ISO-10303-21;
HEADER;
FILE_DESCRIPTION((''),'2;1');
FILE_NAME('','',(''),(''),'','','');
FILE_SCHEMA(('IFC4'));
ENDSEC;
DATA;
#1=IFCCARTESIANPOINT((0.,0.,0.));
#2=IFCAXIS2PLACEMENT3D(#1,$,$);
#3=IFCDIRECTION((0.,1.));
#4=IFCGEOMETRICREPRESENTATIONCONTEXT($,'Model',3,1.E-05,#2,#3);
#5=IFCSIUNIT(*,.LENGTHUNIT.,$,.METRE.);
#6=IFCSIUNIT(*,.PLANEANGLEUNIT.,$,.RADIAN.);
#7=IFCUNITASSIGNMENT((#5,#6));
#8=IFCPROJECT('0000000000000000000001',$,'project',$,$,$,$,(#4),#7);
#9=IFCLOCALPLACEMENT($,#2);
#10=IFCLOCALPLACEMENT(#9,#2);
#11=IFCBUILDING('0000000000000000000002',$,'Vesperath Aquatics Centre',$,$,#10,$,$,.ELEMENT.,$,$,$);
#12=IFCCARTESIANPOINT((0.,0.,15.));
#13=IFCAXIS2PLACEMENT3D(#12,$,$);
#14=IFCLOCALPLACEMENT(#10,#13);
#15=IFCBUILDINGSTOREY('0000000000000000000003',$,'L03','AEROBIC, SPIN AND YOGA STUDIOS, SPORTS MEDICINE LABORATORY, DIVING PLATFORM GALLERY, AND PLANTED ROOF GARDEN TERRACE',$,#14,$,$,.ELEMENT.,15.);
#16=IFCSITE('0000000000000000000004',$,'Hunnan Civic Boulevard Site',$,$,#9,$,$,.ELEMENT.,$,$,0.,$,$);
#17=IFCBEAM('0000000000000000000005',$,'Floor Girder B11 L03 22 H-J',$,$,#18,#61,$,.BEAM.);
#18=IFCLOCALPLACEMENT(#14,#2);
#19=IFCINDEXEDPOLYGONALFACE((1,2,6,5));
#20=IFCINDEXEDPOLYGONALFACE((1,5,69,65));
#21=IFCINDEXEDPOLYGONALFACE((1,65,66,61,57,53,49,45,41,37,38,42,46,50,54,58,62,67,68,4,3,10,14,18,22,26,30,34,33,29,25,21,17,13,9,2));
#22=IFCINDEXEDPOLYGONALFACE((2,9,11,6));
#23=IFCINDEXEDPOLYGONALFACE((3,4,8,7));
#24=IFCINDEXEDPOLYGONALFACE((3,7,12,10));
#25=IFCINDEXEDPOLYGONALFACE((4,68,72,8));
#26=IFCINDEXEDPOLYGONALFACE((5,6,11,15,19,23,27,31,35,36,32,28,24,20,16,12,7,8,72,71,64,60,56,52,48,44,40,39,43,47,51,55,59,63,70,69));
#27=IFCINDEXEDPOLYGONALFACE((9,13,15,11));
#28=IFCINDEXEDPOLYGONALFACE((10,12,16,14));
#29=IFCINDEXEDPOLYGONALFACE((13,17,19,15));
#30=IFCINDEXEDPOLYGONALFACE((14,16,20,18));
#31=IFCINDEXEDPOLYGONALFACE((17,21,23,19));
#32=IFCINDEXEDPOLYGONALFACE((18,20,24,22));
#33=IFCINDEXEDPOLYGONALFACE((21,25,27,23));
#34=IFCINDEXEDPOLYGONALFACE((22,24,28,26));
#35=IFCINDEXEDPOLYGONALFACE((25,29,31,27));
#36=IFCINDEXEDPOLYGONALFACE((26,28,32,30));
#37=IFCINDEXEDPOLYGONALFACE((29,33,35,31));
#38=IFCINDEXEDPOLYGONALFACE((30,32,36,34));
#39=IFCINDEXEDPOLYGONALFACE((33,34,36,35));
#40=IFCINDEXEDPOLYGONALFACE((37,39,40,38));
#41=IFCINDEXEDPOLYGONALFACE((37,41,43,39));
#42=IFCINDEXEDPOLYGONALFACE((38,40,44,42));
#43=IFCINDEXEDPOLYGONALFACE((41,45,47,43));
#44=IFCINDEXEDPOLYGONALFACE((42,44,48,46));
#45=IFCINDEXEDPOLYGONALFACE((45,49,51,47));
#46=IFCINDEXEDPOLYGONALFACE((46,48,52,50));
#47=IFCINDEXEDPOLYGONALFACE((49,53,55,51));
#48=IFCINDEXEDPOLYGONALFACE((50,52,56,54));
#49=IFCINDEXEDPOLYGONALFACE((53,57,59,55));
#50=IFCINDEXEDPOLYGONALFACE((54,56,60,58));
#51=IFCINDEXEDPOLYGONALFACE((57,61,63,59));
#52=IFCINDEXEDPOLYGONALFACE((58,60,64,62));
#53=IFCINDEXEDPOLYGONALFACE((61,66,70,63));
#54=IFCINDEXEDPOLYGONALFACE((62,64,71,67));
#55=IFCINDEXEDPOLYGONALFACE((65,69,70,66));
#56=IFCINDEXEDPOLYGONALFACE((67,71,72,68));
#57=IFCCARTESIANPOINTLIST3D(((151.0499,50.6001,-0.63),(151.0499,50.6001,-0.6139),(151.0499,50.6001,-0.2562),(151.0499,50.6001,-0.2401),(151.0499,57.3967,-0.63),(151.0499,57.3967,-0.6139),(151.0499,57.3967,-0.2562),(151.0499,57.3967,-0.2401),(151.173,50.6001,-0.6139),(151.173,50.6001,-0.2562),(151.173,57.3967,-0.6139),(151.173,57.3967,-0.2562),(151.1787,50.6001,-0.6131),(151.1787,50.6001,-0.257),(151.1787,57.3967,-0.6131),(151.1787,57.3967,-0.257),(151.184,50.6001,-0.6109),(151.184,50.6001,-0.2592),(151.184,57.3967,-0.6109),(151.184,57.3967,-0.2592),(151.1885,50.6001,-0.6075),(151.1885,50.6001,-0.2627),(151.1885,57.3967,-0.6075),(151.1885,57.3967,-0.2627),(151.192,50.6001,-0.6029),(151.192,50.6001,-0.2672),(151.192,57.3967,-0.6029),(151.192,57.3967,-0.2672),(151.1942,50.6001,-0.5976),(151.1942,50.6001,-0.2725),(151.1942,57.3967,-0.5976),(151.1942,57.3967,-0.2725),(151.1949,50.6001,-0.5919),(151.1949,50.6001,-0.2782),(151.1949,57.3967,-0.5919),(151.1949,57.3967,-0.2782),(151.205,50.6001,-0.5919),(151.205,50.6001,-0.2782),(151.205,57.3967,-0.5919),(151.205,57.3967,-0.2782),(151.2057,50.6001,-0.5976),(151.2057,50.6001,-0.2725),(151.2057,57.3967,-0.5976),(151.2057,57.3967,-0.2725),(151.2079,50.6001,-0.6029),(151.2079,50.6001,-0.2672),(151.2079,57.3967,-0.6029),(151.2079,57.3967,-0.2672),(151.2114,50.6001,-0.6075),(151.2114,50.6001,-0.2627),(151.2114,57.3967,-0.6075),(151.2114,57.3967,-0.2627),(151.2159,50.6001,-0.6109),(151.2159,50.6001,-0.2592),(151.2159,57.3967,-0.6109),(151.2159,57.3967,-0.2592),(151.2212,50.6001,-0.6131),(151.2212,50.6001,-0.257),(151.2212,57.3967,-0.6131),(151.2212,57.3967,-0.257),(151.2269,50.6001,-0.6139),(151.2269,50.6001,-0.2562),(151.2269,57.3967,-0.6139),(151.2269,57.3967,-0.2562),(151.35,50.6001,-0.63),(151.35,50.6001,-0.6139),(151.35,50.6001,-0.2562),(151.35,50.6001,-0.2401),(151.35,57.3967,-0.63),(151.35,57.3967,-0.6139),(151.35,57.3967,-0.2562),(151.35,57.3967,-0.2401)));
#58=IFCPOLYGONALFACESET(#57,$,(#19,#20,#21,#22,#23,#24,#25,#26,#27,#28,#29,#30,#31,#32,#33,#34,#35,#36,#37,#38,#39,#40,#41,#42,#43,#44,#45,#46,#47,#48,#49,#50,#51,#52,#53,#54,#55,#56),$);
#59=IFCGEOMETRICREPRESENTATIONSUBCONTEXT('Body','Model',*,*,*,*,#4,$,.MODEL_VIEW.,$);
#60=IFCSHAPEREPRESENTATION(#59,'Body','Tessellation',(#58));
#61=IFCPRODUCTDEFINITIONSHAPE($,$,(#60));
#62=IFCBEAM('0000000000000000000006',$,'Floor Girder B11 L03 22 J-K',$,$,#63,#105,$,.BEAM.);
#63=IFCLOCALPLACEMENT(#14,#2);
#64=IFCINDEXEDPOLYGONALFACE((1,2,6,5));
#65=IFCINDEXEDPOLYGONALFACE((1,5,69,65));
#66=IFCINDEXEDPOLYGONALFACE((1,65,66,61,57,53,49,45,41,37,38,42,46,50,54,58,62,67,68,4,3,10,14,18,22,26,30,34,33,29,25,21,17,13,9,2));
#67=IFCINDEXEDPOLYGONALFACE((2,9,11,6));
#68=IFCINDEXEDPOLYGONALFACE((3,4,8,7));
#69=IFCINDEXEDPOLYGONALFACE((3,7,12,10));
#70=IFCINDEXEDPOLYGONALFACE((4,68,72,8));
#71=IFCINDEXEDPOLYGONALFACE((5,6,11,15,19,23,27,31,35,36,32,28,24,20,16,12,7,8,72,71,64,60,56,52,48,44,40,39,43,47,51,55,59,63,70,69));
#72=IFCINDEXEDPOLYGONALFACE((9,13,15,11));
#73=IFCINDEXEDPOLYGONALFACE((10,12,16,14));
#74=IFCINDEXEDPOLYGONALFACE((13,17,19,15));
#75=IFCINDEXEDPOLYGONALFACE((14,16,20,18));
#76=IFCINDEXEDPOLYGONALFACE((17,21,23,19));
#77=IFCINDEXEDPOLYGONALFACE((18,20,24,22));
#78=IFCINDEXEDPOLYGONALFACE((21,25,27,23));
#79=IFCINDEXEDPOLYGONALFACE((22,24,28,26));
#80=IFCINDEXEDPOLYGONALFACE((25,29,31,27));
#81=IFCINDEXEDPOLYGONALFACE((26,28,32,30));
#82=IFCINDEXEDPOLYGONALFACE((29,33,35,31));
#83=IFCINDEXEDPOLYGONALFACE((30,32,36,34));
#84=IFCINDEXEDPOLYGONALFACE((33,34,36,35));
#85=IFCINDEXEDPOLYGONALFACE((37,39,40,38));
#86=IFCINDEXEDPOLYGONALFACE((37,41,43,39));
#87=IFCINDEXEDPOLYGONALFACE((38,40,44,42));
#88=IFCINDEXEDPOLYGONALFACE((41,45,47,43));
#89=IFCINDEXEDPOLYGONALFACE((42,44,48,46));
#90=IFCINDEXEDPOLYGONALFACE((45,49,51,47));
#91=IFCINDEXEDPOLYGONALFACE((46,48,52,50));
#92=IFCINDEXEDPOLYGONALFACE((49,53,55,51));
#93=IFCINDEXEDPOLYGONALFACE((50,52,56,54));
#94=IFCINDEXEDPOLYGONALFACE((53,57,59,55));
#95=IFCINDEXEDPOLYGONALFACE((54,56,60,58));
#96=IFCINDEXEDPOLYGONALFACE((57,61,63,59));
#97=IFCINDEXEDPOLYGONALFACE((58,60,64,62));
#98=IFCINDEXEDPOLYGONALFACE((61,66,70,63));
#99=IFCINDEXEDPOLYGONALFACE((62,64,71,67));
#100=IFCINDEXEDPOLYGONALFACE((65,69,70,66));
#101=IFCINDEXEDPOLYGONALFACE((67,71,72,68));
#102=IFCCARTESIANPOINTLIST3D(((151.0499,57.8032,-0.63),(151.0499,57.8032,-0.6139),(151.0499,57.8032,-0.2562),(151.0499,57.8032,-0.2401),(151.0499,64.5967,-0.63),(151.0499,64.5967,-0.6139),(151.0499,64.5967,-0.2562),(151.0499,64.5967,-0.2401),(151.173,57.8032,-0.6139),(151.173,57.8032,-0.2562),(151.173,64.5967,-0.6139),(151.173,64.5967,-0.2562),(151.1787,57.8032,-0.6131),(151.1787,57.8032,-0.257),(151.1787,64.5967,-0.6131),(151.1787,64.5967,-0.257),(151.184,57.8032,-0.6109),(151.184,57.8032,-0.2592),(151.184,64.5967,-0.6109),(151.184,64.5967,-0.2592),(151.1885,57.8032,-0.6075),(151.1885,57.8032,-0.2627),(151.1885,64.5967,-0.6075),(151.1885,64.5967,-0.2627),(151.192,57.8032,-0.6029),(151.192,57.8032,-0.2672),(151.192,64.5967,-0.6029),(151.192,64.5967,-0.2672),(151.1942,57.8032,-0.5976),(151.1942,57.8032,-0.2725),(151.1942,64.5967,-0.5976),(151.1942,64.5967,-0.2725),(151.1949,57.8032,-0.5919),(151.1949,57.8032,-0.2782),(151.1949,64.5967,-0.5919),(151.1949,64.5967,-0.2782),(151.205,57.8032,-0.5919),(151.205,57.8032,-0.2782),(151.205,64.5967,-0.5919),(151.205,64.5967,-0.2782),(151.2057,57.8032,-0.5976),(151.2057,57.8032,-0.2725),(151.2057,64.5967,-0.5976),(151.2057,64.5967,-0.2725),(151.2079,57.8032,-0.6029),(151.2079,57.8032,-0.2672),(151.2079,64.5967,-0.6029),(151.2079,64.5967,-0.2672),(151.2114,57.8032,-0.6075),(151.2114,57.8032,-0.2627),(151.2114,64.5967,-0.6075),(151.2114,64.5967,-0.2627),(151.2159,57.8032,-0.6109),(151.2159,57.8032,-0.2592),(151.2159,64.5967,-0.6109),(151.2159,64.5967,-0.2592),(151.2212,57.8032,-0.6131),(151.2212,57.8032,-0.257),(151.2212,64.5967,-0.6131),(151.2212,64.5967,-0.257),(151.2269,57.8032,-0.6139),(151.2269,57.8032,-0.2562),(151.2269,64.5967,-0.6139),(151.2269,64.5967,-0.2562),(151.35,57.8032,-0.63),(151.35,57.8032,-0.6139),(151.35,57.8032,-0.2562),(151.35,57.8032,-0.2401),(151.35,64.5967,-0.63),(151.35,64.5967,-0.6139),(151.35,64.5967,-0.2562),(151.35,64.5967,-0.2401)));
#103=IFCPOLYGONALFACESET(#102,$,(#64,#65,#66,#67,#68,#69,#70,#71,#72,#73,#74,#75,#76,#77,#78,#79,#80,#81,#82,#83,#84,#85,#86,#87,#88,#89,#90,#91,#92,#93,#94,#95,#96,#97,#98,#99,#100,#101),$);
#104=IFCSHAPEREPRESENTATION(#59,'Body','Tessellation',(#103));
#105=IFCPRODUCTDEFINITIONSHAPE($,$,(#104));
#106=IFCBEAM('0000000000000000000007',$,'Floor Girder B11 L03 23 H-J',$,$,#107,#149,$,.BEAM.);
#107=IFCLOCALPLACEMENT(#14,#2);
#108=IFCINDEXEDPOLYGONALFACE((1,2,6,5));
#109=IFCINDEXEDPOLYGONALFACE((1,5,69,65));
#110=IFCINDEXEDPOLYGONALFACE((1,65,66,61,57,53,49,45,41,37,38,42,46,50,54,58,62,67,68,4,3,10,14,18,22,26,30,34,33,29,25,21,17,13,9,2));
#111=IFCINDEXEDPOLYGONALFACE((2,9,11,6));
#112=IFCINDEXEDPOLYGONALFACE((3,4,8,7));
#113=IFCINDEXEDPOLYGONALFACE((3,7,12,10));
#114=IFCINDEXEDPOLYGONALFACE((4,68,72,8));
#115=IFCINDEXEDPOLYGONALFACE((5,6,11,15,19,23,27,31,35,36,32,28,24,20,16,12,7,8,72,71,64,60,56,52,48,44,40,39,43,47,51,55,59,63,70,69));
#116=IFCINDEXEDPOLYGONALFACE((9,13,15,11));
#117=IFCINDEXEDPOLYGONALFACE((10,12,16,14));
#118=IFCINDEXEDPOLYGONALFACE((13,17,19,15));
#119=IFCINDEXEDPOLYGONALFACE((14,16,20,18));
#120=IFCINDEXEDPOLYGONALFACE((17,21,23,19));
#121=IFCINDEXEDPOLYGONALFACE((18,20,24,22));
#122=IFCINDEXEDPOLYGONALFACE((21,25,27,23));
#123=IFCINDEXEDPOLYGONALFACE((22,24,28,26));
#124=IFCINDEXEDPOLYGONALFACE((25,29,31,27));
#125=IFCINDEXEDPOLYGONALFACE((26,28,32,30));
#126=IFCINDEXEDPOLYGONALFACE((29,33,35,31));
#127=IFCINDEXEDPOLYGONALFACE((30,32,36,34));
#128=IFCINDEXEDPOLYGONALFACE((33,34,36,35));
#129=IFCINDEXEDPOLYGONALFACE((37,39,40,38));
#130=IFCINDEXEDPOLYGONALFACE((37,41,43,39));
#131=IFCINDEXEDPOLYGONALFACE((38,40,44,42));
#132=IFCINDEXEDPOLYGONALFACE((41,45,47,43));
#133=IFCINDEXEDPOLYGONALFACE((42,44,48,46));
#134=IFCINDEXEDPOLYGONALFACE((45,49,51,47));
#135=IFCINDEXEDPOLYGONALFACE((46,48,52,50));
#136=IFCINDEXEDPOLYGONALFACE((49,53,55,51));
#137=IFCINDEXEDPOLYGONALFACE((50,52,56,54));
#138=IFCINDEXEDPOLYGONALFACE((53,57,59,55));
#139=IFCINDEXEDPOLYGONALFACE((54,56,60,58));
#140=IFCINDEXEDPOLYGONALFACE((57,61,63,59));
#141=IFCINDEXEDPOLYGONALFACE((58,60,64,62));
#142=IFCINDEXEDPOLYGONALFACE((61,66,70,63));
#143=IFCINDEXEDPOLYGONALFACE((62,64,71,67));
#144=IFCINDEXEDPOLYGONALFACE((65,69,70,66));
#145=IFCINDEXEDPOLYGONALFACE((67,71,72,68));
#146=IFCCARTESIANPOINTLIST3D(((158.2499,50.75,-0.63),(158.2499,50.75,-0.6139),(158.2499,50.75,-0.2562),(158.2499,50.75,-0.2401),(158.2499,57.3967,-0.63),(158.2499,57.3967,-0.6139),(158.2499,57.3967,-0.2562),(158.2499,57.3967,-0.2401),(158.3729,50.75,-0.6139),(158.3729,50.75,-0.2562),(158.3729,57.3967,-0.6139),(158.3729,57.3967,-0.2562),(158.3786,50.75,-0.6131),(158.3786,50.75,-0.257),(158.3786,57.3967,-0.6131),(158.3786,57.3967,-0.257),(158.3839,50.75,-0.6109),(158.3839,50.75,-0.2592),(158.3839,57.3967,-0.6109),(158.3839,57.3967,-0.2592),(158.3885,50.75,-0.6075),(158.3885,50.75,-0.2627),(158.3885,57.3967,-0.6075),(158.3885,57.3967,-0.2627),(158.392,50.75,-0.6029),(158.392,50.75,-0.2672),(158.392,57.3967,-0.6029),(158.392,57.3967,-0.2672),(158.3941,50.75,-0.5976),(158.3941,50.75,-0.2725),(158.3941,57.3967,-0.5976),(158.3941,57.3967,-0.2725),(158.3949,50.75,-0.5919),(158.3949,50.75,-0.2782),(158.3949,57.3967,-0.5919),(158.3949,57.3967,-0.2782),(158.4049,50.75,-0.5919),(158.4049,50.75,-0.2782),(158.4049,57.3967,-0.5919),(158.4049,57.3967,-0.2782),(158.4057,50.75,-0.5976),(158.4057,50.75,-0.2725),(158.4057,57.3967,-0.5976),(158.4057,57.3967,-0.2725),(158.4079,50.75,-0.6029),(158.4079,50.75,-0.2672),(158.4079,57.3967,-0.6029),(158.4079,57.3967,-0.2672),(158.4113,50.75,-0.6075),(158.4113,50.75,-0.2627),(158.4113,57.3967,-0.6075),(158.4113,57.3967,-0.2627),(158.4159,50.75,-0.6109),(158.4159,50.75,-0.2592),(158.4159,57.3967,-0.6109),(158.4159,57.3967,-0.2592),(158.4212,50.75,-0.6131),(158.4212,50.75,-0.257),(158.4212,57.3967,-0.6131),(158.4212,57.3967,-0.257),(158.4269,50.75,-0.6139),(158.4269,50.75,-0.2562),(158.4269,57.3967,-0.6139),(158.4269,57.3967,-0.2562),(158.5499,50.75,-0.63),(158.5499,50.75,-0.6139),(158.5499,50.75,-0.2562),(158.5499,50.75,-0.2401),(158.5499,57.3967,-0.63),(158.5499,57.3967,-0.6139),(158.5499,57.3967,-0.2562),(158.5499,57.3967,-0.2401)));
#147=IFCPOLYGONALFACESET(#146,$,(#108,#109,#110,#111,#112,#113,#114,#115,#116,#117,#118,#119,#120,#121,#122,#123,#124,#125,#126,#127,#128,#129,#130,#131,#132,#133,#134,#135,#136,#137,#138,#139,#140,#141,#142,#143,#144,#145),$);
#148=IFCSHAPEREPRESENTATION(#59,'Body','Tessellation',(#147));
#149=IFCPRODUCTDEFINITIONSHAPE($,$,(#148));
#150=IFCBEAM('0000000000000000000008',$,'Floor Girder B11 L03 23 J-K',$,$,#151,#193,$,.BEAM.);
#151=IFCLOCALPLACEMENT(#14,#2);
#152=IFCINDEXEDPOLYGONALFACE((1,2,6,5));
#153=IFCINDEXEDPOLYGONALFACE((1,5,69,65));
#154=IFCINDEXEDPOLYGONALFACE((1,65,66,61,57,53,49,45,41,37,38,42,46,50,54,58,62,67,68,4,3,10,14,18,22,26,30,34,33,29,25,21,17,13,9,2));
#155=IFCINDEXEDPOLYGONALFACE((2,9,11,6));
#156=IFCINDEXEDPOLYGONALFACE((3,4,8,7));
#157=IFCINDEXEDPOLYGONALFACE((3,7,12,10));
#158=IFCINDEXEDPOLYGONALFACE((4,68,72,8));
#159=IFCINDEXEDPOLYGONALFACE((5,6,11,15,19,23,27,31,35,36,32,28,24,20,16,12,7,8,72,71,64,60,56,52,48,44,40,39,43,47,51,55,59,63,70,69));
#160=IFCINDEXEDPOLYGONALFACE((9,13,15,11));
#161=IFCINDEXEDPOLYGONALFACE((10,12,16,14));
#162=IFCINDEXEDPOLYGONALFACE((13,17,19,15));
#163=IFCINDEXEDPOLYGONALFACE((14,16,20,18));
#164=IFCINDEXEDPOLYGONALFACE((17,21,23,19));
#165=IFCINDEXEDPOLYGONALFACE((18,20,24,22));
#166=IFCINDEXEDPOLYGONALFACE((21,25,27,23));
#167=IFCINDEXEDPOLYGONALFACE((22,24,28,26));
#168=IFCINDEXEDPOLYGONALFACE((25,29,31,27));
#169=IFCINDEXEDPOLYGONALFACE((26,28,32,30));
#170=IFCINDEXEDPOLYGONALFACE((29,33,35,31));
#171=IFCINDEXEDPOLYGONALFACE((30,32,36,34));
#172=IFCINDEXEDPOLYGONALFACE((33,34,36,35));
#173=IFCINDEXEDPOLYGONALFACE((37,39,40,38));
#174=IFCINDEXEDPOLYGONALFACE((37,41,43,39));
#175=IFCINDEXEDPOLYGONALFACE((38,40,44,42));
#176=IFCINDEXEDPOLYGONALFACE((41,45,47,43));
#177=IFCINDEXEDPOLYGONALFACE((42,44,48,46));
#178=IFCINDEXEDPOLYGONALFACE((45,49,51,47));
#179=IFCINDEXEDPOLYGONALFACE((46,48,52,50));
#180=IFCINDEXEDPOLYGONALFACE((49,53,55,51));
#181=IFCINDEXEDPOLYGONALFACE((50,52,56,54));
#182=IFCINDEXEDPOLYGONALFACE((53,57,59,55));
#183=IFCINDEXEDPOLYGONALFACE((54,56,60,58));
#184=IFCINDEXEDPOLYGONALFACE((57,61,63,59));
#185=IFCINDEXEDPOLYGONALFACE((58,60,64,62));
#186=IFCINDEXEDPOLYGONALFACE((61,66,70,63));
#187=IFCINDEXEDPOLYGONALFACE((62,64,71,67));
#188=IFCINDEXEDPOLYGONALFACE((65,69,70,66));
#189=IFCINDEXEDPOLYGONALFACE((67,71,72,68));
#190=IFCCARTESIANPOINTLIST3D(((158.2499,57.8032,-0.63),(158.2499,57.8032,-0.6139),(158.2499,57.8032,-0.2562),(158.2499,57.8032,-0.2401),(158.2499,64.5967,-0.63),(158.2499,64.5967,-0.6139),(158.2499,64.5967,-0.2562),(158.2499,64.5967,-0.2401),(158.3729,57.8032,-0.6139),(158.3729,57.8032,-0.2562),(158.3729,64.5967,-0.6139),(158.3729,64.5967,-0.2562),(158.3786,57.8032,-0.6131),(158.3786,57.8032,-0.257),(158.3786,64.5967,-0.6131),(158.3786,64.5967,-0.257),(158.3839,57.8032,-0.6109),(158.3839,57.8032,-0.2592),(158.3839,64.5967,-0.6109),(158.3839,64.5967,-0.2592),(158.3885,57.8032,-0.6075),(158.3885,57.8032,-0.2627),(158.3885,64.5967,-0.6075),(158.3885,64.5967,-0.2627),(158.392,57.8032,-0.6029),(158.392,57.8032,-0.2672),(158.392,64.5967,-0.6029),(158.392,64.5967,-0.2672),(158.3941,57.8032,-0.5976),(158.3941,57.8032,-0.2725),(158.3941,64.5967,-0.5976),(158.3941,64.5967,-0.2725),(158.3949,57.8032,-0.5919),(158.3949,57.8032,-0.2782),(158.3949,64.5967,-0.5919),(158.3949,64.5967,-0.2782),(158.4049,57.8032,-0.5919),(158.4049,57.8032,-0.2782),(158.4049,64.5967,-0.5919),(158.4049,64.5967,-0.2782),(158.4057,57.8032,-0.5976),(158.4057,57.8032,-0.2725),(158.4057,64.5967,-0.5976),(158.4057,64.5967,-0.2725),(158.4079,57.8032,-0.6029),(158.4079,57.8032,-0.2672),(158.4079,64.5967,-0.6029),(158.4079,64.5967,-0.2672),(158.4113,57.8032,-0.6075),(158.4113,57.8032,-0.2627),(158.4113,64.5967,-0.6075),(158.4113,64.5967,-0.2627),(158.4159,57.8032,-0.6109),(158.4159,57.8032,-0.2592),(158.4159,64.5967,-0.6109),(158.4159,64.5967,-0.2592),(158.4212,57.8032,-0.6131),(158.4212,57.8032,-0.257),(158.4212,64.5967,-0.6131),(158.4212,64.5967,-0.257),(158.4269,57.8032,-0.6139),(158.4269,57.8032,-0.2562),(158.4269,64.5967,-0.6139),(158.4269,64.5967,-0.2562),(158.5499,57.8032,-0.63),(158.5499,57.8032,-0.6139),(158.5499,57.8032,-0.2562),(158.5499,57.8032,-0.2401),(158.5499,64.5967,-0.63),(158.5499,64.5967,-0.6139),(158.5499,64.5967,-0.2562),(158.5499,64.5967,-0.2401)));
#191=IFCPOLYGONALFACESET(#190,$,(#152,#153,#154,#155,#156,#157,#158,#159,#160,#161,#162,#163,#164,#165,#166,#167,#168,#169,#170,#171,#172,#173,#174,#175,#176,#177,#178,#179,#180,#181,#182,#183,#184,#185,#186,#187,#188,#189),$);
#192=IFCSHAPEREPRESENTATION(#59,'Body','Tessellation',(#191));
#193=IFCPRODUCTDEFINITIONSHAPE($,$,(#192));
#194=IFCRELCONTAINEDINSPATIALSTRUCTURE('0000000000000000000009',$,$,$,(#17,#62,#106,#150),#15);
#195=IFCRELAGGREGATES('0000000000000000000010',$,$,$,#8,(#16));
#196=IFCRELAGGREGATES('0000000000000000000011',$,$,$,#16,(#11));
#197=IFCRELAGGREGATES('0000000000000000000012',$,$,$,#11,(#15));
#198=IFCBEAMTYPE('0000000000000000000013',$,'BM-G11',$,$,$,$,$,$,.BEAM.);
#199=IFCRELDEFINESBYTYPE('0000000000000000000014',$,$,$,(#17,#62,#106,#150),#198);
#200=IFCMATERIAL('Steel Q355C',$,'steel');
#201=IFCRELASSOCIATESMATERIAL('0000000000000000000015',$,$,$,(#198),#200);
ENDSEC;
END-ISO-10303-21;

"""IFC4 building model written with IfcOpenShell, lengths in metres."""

from ifc_helpers import new_model, si_unit, direction, frame, origin, origin_2d, place, context, subcontext, project, spatial, i_section, extrude, material, material_profile, profile_set, type_object, element, save


model = new_model("IFC4")

# Units and contexts
model_context = context("Model", 3, precision=1e-05, world=origin(), true_north=direction((0.0, 1.0)))
body_context = subcontext(model_context, "Body", "Model", "MODEL_VIEW")
ifc_project = project(units=[si_unit("LENGTHUNIT", "METRE"), si_unit("PLANEANGLEUNIT", "RADIAN")], contexts=[model_context])

# Site, building, storey
site_placement = place(None, origin())
site = spatial("IfcSite", under=ifc_project, at=site_placement, Name="Hunnan Civic Boulevard Site", CompositionType="ELEMENT", RefElevation=0.0)
building_placement = place(site_placement, origin())
building = spatial("IfcBuilding", under=site, at=building_placement, Name="Vesperath Aquatics Centre", CompositionType="ELEMENT")
storey_placement = place(building_placement, frame((0.0, 0.0, 15.0)))
storey = spatial("IfcBuildingStorey", under=building, at=storey_placement, Name="L03", Description="AEROBIC, SPIN AND YOGA STUDIOS, SPORTS MEDICINE LABORATORY, DIVING PLATFORM GALLERY, AND PLANTED ROOF GARDEN TERRACE", CompositionType="ELEMENT", Elevation=15.0)

# Beams
ifc_material_1 = material(Name="Steel Q355C", Category="steel")
ifc_material_profile_1 = material_profile(ifc_material_1, i_section(OverallWidth=0.3, OverallDepth=0.3899, WebThickness=0.01, FlangeThickness=0.0161, FilletRadius=0.022, at=origin_2d()), Name="HM 390x300x10x16")
ifc_profile_set_1 = profile_set([ifc_material_profile_1], Name="Steel Q355C")
beam_type_1 = type_object("IfcBeamType", Name="BM-G11", PredefinedType="BEAM", material=ifc_profile_set_1)
beam_1_placement = place(storey_placement, frame((151.2, 50.6001, -0.4351), z_axis=(0.0, 1.0, 0.0), x_axis=(-1.0, 0.0, 0.0)))
element("IfcBeam", 1, at=beam_1_placement, inside=storey, type_object=beam_type_1, Name="Floor Girder B11 L03 22 H-J", PredefinedType="BEAM", context=body_context, shape_type="SweptSolid", body=[
    extrude(i_section(OverallWidth=0.3, OverallDepth=0.3899, WebThickness=0.01, FlangeThickness=0.0161, FilletRadius=0.022, at=origin_2d()), origin(), (0.0, 0.0, 1.0), 6.7966),
])
beam_2_placement = place(storey_placement, frame((151.2, 57.8032, -0.4351), z_axis=(0.0, 1.0, 0.0), x_axis=(-1.0, 0.0, 0.0)))
element("IfcBeam", 2, at=beam_2_placement, inside=storey, type_object=beam_type_1, Name="Floor Girder B11 L03 22 J-K", PredefinedType="BEAM", context=body_context, shape_type="SweptSolid", body=[
    extrude(i_section(OverallWidth=0.3, OverallDepth=0.3899, WebThickness=0.01, FlangeThickness=0.0161, FilletRadius=0.022, at=origin_2d()), origin(), (0.0, 0.0, 1.0), 6.7935),
])
beam_3_placement = place(storey_placement, frame((158.3999, 50.75, -0.4351), z_axis=(0.0, 1.0, 0.0), x_axis=(-1.0, 0.0, 0.0)))
element("IfcBeam", 3, at=beam_3_placement, inside=storey, type_object=beam_type_1, Name="Floor Girder B11 L03 23 H-J", PredefinedType="BEAM", context=body_context, shape_type="SweptSolid", body=[
    extrude(i_section(OverallWidth=0.3, OverallDepth=0.3899, WebThickness=0.01, FlangeThickness=0.0161, FilletRadius=0.022, at=origin_2d()), origin(), (0.0, 0.0, 1.0), 6.6467),
])
beam_4_placement = place(storey_placement, frame((158.3999, 57.8032, -0.4351), z_axis=(0.0, 1.0, 0.0), x_axis=(-1.0, 0.0, 0.0)))
element("IfcBeam", 4, at=beam_4_placement, inside=storey, type_object=beam_type_1, Name="Floor Girder B11 L03 23 J-K", PredefinedType="BEAM", context=body_context, shape_type="SweptSolid", body=[
    extrude(i_section(OverallWidth=0.3, OverallDepth=0.3899, WebThickness=0.01, FlangeThickness=0.0161, FilletRadius=0.022, at=origin_2d()), origin(), (0.0, 0.0, 1.0), 6.7935),
])

save(model, "model.ifc")
